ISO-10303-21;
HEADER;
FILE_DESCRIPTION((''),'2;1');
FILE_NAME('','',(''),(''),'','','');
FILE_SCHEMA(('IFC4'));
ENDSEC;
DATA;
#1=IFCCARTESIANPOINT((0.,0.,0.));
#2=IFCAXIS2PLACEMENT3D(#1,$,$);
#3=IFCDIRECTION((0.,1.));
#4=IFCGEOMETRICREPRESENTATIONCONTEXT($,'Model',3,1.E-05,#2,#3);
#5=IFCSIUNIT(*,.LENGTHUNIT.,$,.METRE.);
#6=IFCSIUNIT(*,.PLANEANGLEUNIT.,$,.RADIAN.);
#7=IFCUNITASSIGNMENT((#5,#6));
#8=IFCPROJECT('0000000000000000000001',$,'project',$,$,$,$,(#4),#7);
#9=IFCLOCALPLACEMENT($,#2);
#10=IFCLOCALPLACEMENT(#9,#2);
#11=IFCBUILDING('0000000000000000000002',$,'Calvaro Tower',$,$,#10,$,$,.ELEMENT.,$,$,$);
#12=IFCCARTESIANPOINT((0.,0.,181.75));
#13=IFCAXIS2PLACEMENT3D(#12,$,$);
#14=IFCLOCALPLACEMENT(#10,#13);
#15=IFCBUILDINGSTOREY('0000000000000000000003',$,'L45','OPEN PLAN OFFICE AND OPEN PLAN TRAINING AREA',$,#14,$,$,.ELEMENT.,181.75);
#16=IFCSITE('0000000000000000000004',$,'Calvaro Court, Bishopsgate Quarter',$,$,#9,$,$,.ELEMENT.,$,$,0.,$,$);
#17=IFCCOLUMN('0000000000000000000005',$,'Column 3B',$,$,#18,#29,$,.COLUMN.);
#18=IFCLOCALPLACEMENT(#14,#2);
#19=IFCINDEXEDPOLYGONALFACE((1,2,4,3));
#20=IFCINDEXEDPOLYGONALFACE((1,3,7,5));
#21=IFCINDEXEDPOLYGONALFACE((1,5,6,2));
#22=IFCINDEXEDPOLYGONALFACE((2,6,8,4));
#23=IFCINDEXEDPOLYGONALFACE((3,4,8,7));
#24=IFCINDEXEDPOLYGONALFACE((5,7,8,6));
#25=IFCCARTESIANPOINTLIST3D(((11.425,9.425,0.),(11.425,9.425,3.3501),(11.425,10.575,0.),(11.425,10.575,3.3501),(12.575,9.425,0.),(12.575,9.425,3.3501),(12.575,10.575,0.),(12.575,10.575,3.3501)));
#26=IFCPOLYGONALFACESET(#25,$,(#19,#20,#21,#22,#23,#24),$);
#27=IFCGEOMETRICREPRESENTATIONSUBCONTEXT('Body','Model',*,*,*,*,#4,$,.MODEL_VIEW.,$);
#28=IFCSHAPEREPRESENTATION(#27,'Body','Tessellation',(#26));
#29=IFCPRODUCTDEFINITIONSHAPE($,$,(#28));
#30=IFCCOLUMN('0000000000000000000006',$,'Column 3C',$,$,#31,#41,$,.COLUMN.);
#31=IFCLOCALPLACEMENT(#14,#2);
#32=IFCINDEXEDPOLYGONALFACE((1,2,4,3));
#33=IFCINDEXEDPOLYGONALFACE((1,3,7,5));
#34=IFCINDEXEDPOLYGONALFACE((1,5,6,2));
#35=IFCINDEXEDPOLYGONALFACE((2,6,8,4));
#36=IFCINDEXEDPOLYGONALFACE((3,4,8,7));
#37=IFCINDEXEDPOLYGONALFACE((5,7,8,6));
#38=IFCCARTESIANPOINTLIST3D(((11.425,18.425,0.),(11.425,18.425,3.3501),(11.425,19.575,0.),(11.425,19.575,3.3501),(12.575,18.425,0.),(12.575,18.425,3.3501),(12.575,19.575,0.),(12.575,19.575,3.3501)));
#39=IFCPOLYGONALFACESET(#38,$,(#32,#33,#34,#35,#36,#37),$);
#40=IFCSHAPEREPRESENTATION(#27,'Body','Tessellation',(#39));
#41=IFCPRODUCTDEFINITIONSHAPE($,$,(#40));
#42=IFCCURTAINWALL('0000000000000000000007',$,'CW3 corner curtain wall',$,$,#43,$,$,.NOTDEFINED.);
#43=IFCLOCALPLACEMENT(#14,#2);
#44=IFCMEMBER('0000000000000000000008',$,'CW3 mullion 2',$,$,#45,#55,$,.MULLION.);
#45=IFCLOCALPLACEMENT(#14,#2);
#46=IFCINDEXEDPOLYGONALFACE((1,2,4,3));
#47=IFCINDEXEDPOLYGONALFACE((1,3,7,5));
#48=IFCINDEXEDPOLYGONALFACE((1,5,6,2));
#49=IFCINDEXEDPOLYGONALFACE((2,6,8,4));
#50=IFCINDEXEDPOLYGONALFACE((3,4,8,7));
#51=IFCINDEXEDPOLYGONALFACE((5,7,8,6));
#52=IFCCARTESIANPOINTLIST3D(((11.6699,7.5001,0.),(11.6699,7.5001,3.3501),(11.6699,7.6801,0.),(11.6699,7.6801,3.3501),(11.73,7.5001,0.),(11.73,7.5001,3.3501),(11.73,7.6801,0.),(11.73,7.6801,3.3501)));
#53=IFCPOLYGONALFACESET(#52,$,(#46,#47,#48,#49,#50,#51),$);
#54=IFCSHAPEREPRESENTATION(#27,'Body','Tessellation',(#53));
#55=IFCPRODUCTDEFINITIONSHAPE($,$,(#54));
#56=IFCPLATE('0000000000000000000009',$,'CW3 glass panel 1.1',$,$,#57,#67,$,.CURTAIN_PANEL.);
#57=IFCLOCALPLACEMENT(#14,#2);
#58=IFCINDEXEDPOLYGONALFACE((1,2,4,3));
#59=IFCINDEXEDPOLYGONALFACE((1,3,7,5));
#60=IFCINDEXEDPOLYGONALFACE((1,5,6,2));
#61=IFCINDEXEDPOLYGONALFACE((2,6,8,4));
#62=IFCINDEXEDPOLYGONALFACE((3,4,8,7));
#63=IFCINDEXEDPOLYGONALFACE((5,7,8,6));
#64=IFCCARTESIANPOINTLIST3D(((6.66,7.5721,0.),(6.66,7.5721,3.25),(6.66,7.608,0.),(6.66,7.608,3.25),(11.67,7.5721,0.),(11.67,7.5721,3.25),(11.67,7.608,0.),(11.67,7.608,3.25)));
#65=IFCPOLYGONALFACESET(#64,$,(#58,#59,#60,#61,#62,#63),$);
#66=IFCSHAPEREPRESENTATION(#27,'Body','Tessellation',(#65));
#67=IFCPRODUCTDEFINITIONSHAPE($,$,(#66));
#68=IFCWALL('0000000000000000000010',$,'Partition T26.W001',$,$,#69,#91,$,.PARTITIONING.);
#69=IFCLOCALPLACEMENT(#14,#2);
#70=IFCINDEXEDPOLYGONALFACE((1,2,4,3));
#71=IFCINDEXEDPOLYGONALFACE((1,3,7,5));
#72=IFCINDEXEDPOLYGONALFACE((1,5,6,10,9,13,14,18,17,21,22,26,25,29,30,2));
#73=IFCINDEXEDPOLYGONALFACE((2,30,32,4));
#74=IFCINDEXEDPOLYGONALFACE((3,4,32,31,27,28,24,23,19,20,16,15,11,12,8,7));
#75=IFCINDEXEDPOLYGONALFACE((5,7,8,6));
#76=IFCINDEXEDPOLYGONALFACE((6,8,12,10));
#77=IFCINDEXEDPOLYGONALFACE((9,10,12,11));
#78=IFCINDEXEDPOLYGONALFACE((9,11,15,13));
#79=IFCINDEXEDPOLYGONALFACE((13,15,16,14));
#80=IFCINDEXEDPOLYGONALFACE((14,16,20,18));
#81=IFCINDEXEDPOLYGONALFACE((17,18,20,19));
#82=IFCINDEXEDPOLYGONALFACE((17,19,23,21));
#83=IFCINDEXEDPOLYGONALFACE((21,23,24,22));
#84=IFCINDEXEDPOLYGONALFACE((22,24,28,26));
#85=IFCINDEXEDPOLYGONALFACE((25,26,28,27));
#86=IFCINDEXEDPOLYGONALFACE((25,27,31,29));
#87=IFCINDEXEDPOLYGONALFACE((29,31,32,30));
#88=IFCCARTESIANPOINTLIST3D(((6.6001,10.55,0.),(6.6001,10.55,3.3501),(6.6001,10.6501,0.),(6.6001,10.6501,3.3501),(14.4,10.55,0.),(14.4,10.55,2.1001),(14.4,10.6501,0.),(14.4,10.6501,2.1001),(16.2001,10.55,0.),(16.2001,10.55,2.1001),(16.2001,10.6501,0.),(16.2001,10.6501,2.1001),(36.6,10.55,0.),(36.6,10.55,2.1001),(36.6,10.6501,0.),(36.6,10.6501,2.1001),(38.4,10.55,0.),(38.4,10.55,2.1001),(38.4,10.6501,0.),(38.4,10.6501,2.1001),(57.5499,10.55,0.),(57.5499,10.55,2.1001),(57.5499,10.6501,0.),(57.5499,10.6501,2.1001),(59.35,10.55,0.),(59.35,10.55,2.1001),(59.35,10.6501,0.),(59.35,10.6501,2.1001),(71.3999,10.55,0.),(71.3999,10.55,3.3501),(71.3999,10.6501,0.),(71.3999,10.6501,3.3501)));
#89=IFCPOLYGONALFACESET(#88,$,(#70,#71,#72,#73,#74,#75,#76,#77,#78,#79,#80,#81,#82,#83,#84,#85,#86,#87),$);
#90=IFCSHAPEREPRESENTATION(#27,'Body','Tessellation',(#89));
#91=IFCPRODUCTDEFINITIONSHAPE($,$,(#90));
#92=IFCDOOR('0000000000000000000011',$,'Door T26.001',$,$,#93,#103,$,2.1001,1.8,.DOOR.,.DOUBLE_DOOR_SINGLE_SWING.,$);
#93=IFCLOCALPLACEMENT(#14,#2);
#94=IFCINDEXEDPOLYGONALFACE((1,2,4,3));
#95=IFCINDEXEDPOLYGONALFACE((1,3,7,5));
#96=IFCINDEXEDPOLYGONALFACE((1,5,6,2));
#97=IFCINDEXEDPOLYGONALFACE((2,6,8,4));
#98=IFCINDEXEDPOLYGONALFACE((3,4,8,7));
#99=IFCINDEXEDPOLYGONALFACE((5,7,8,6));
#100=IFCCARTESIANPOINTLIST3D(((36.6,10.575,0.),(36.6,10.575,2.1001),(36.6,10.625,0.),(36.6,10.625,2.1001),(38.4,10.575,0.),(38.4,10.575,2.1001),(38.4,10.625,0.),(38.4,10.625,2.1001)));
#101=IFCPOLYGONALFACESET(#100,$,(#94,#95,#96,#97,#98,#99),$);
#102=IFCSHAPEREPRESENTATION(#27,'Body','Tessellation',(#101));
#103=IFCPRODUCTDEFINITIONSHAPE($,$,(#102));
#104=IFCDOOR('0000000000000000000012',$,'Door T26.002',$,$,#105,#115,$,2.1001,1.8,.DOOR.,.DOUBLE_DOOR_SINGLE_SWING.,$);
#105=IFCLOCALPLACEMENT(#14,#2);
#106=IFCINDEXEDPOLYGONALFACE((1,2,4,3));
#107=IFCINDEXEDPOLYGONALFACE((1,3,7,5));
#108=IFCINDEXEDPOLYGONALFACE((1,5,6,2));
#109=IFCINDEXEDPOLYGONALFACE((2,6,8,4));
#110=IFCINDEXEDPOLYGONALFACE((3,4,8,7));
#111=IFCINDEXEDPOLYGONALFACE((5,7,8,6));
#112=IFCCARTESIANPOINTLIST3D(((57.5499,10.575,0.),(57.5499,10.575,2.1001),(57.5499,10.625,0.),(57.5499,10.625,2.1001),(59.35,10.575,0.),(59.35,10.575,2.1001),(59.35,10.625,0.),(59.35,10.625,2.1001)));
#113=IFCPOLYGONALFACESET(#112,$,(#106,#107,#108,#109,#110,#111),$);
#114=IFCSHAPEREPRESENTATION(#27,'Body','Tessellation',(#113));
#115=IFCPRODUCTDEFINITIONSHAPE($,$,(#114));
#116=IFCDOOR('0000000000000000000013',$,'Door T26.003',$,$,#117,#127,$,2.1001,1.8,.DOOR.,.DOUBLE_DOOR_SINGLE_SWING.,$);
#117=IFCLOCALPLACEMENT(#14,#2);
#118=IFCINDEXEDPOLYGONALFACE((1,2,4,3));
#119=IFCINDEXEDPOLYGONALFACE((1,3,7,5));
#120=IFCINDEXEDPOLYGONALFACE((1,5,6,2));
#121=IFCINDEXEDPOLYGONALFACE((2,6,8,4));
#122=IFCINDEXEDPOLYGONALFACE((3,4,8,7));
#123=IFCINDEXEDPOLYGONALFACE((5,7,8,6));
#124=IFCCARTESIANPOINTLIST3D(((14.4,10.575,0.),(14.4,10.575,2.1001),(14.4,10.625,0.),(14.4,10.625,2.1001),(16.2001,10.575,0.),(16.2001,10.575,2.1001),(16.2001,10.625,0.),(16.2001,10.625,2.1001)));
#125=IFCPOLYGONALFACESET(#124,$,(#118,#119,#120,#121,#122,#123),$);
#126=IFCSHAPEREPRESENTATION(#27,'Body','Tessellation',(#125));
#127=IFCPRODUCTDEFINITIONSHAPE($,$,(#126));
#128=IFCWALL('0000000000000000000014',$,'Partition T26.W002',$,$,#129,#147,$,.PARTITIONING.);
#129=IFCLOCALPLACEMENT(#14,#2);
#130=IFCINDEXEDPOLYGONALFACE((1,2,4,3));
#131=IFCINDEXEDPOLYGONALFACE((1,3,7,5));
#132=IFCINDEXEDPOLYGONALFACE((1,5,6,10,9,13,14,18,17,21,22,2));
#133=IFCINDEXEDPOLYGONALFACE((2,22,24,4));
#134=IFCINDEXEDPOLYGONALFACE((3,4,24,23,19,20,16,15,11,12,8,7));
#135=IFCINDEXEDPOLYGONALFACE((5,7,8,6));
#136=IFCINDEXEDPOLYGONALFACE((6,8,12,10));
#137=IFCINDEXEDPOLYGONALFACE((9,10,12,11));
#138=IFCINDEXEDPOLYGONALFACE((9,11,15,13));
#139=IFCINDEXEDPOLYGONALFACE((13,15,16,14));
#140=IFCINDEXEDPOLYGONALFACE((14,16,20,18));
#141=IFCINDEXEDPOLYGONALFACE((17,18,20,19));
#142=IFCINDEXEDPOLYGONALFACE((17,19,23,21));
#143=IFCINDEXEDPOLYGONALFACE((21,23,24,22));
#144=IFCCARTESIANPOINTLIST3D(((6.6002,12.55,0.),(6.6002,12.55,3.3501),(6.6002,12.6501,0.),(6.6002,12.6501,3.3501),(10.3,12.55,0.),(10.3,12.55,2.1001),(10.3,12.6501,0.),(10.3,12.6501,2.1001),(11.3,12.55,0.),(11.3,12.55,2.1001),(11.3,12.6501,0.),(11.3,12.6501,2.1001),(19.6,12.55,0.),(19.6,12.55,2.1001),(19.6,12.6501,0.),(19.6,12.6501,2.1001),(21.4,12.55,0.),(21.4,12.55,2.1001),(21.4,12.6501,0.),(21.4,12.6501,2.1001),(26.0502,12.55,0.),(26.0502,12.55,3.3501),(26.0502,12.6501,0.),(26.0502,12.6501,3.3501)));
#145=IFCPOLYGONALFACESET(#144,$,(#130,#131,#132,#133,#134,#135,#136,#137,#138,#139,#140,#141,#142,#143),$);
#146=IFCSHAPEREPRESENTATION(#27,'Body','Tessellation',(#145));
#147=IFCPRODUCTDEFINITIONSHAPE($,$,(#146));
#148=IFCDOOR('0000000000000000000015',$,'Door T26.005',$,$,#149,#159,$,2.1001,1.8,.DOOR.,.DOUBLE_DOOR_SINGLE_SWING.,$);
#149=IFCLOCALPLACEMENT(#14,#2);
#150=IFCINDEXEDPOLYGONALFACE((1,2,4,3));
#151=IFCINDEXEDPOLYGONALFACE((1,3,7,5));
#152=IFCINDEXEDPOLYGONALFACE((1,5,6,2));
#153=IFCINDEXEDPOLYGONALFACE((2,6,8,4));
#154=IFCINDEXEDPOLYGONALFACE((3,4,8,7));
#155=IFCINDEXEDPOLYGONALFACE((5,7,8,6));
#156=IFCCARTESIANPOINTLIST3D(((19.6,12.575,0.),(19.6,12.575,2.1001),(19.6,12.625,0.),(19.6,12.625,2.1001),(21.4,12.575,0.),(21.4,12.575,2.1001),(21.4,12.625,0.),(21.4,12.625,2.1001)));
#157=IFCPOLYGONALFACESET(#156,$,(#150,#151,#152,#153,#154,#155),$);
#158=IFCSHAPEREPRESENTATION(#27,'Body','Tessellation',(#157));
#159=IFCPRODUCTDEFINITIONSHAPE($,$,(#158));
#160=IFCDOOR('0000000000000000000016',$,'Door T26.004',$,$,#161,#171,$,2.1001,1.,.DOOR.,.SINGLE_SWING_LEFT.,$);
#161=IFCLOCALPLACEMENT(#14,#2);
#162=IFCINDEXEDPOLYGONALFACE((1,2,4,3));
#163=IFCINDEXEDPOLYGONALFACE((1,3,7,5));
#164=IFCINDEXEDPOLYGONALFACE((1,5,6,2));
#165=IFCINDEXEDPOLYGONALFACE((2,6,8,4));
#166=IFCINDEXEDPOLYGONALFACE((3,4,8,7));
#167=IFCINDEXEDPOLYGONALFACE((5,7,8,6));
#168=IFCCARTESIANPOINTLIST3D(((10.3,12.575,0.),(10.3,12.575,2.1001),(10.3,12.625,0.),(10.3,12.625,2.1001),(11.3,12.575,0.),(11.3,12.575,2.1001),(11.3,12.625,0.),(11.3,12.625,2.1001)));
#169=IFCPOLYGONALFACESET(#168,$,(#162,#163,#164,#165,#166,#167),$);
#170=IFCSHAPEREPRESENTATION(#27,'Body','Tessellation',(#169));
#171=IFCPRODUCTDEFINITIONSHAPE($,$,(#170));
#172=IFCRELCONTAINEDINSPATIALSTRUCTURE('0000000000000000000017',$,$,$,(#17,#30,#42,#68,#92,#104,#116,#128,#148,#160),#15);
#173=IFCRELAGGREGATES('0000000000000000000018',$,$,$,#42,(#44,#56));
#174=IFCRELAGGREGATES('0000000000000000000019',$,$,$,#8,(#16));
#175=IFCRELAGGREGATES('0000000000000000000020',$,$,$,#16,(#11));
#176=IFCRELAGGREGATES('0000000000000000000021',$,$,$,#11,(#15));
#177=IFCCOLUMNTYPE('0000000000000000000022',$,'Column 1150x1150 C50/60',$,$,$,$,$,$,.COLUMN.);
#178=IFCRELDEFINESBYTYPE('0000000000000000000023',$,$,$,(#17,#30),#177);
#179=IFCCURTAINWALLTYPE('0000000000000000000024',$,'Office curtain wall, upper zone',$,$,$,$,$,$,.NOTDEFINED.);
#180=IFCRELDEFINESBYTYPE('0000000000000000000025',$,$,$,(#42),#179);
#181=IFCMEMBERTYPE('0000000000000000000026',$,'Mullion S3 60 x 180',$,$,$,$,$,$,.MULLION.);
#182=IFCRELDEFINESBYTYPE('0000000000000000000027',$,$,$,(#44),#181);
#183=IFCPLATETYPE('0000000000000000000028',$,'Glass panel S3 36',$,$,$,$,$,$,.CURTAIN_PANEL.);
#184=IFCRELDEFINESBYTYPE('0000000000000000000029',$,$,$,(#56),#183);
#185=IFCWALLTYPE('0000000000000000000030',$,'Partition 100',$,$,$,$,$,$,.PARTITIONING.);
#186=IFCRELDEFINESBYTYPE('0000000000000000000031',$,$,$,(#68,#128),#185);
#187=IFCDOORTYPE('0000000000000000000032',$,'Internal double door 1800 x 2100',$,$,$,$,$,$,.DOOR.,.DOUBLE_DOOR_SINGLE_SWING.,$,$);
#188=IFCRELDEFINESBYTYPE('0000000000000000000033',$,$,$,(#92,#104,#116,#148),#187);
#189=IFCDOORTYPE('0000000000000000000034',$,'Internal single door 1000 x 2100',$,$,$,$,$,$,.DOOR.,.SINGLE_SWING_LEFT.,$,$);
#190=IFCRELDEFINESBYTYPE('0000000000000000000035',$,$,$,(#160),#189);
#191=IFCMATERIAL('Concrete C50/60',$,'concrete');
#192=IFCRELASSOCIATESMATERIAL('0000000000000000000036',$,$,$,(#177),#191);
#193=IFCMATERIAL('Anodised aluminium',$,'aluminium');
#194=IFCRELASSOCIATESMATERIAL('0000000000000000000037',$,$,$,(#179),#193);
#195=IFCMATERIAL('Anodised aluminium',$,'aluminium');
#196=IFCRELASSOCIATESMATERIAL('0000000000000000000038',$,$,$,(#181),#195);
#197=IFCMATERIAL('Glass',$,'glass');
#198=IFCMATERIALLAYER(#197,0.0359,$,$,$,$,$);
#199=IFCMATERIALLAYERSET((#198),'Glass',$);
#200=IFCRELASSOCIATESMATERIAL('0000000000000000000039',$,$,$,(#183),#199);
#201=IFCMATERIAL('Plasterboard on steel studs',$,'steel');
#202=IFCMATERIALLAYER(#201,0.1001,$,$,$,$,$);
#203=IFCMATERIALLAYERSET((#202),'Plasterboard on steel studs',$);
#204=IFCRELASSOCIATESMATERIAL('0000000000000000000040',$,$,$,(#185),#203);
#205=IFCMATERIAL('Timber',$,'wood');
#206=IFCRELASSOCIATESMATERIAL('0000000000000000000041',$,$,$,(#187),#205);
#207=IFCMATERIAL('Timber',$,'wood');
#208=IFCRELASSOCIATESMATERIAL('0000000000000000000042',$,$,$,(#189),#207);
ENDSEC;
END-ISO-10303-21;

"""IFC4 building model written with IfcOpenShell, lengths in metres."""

from ifc_helpers import new_model, si_unit, direction, frame, frame_2d, origin, origin_2d, place, context, subcontext, project, spatial, rectangle, extrude, material, layer, layer_set, material_profile, profile_set, type_object, element, fill, aggregate, save


model = new_model("IFC4")

# Units and contexts
model_context = context("Model", 3, precision=1e-05, world=origin(), true_north=direction((0.0, 1.0)))
body_context = subcontext(model_context, "Body", "Model", "MODEL_VIEW")
ifc_project = project(units=[si_unit("LENGTHUNIT", "METRE"), si_unit("PLANEANGLEUNIT", "RADIAN")], contexts=[model_context])

# Site, building, storey
site_placement = place(None, origin())
site = spatial("IfcSite", under=ifc_project, at=site_placement, Name="Calvaro Court, Bishopsgate Quarter", CompositionType="ELEMENT", RefElevation=0.0)
building_placement = place(site_placement, origin())
building = spatial("IfcBuilding", under=site, at=building_placement, Name="Calvaro Tower", CompositionType="ELEMENT")
storey_placement = place(building_placement, frame((0.0, 0.0, 181.75)))
storey = spatial("IfcBuildingStorey", under=building, at=storey_placement, Name="L45", Description="OPEN PLAN OFFICE AND OPEN PLAN TRAINING AREA", CompositionType="ELEMENT", Elevation=181.75)

# Columns
ifc_material_1 = material(Name="Concrete C50/60", Category="concrete")
ifc_material_profile_1 = material_profile(ifc_material_1, rectangle(XDim=1.1499, YDim=1.1499, at=origin_2d()), Name="RC 1150x1150")
ifc_profile_set_1 = profile_set([ifc_material_profile_1], Name="Concrete C50/60")
column_type = type_object("IfcColumnType", Name="Column 1150x1150 C50/60", PredefinedType="COLUMN", material=ifc_profile_set_1)
for number, where, z_axis, x_axis, name in (
    (1, (12.0, 10.0, 0.0), (0.0, 0.0, 1.0), (1.0, 0.0, 0.0), "Column 3B"),
    (2, (12.0, 19.0, 0.0), (0.0, 0.0, 1.0), (1.0, 0.0, 0.0), "Column 3C"),
):
    element("IfcColumn", number, at=place(storey_placement, frame(where, z_axis=z_axis, x_axis=x_axis)), inside=storey, type_object=column_type, Name=name, PredefinedType="COLUMN", context=body_context, shape_type="SweptSolid", body=[
        extrude(rectangle(XDim=1.1499, YDim=1.1499, at=origin_2d()), origin(), (0.0, 0.0, 1.0), 3.3501),
    ])

# Curtain wall, member, plate
ifc_material_2 = material(Name="Anodised aluminium", Category="aluminium")
curtain_wall_type = type_object("IfcCurtainWallType", Name="Office curtain wall, upper zone", PredefinedType="NOTDEFINED", material=ifc_material_2)
curtain_wall_placement = place(storey_placement, origin())
curtain_wall = element("IfcCurtainWall", 3, at=curtain_wall_placement, inside=storey, type_object=curtain_wall_type, Name="CW3 corner curtain wall", PredefinedType="NOTDEFINED")
ifc_material_3 = material(Name="Anodised aluminium", Category="aluminium")
ifc_material_profile_2 = material_profile(ifc_material_3, rectangle(XDim=0.1799, YDim=0.0601, at=origin_2d()), Name="Mullion S3 60 x 180")
ifc_profile_set_2 = profile_set([ifc_material_profile_2], Name="Anodised aluminium")
member_type = type_object("IfcMemberType", Name="Mullion S3 60 x 180", PredefinedType="MULLION", material=ifc_profile_set_2)
member_placement = place(storey_placement, frame((11.7, 7.5901, 0.0), z_axis=(0.0, 0.0, 1.0), x_axis=(0.0, 1.0, 0.0)))
member = element("IfcMember", 4, at=member_placement, type_object=member_type, Name="CW3 mullion 2", PredefinedType="MULLION", context=body_context, shape_type="SweptSolid", body=[
    extrude(rectangle(XDim=0.1799, YDim=0.0601, at=origin_2d()), origin(), (0.0, 0.0, 1.0), 3.3501),
])
ifc_material_4 = material(Name="Glass", Category="glass")
ifc_layer_1 = layer(ifc_material_4, 0.0359)
ifc_layer_set_1 = layer_set([ifc_layer_1], Name="Glass")
plate_type = type_object("IfcPlateType", Name="Glass panel S3 36", PredefinedType="CURTAIN_PANEL", material=ifc_layer_set_1)
plate_placement = place(storey_placement, frame((9.165, 7.5901, 0.0), z_axis=(0.0, 0.0, 1.0), x_axis=(1.0, 0.0, 0.0)))
plate = element("IfcPlate", 5, at=plate_placement, type_object=plate_type, Name="CW3 glass panel 1.1", PredefinedType="CURTAIN_PANEL", context=body_context, shape_type="SweptSolid", body=[
    extrude(rectangle(XDim=5.01, YDim=0.0359, at=origin_2d()), origin(), (0.0, 0.0, 1.0), 3.25),
])
aggregate(curtain_wall, [member, plate])

# Walls, openings, doors
ifc_material_5 = material(Name="Plasterboard on steel studs", Category="steel")
ifc_layer_2 = layer(ifc_material_5, 0.1001)
ifc_layer_set_2 = layer_set([ifc_layer_2], Name="Plasterboard on steel studs")
wall_type = type_object("IfcWallType", Name="Partition 100", PredefinedType="PARTITIONING", material=ifc_layer_set_2)
wall_1_placement = place(storey_placement, frame((6.6001, 10.6001, 0.0), z_axis=(0.0, 0.0, 1.0), x_axis=(1.0, 0.0, 0.0)))
wall_1 = element("IfcWall", 6, at=wall_1_placement, inside=storey, type_object=wall_type, Name="Partition T26.W001", PredefinedType="PARTITIONING", context=body_context, shape_type="SweptSolid", body=[
    extrude(rectangle(XDim=64.7998, YDim=0.1001, at=frame_2d((32.3999, 0.0))), origin(), (0.0, 0.0, 1.0), 3.3501),
])
opening_1_placement = place(wall_1_placement, frame((30.0, 0.0, 0.0)))
opening_1 = element("IfcOpeningElement", 7, at=opening_1_placement, cuts=wall_1, PredefinedType="OPENING", context=body_context, shape_type="SweptSolid", body=[
    extrude(rectangle(XDim=1.8, YDim=2.1001, at=frame_2d((0.8999, 1.05))), frame((0.0, 0.0601, 0.0), z_axis=(0.0, -1.0, 0.0), x_axis=(1.0, 0.0, 0.0)), (0.0, 0.0, 1.0), 0.1201),
])
opening_2_placement = place(wall_1_placement, frame((50.95, 0.0, 0.0)))
opening_2 = element("IfcOpeningElement", 8, at=opening_2_placement, cuts=wall_1, PredefinedType="OPENING", context=body_context, shape_type="SweptSolid", body=[
    extrude(rectangle(XDim=1.8, YDim=2.1001, at=frame_2d((0.8999, 1.05))), frame((0.0, 0.0601, 0.0), z_axis=(0.0, -1.0, 0.0), x_axis=(1.0, 0.0, 0.0)), (0.0, 0.0, 1.0), 0.1201),
])
opening_3_placement = place(wall_1_placement, frame((7.8, 0.0, 0.0)))
opening_3 = element("IfcOpeningElement", 9, at=opening_3_placement, cuts=wall_1, PredefinedType="OPENING", context=body_context, shape_type="SweptSolid", body=[
    extrude(rectangle(XDim=1.8, YDim=2.1001, at=frame_2d((0.8999, 1.05))), frame((0.0, 0.0601, 0.0), z_axis=(0.0, -1.0, 0.0), x_axis=(1.0, 0.0, 0.0)), (0.0, 0.0, 1.0), 0.1201),
])
ifc_material_6 = material(Name="Timber", Category="wood")
door_type_1 = type_object("IfcDoorType", Name="Internal double door 1800 x 2100", OperationType="DOUBLE_DOOR_SINGLE_SWING", PredefinedType="DOOR", material=ifc_material_6)
door_1_placement = place(opening_1_placement, origin())
door_1 = element("IfcDoor", 10, at=door_1_placement, inside=storey, type_object=door_type_1, Name="Door T26.001", OperationType="DOUBLE_DOOR_SINGLE_SWING", OverallHeight=2.1001, OverallWidth=1.8, PredefinedType="DOOR", context=body_context, shape_type="SweptSolid", body=[
    extrude(rectangle(XDim=1.8, YDim=2.1001, at=frame_2d((0.8999, 1.05))), frame((0.0, 0.0249, 0.0), z_axis=(0.0, -1.0, 0.0), x_axis=(1.0, 0.0, 0.0)), (0.0, 0.0, 1.0), 0.05),
])
fill(opening_1, door_1)
door_2_placement = place(opening_2_placement, origin())
door_2 = element("IfcDoor", 11, at=door_2_placement, inside=storey, type_object=door_type_1, Name="Door T26.002", OperationType="DOUBLE_DOOR_SINGLE_SWING", OverallHeight=2.1001, OverallWidth=1.8, PredefinedType="DOOR", context=body_context, shape_type="SweptSolid", body=[
    extrude(rectangle(XDim=1.8, YDim=2.1001, at=frame_2d((0.8999, 1.05))), frame((0.0, 0.0249, 0.0), z_axis=(0.0, -1.0, 0.0), x_axis=(1.0, 0.0, 0.0)), (0.0, 0.0, 1.0), 0.05),
])
fill(opening_2, door_2)
door_3_placement = place(opening_3_placement, origin())
door_3 = element("IfcDoor", 12, at=door_3_placement, inside=storey, type_object=door_type_1, Name="Door T26.003", OperationType="DOUBLE_DOOR_SINGLE_SWING", OverallHeight=2.1001, OverallWidth=1.8, PredefinedType="DOOR", context=body_context, shape_type="SweptSolid", body=[
    extrude(rectangle(XDim=1.8, YDim=2.1001, at=frame_2d((0.8999, 1.05))), frame((0.0, 0.0249, 0.0), z_axis=(0.0, -1.0, 0.0), x_axis=(1.0, 0.0, 0.0)), (0.0, 0.0, 1.0), 0.05),
])
fill(opening_3, door_3)
wall_2_placement = place(storey_placement, frame((6.6001, 12.6001, 0.0), z_axis=(0.0, 0.0, 1.0), x_axis=(1.0, 0.0, 0.0)))
wall_2 = element("IfcWall", 13, at=wall_2_placement, inside=storey, type_object=wall_type, Name="Partition T26.W002", PredefinedType="PARTITIONING", context=body_context, shape_type="SweptSolid", body=[
    extrude(rectangle(XDim=19.45, YDim=0.1001, at=frame_2d((9.7251, 0.0))), origin(), (0.0, 0.0, 1.0), 3.3501),
])
opening_4_placement = place(wall_2_placement, frame((3.7, 0.0, 0.0)))
opening_4 = element("IfcOpeningElement", 14, at=opening_4_placement, cuts=wall_2, PredefinedType="OPENING", context=body_context, shape_type="SweptSolid", body=[
    extrude(rectangle(XDim=1.0, YDim=2.1001, at=frame_2d((0.5, 1.05))), frame((0.0, 0.0601, 0.0), z_axis=(0.0, -1.0, 0.0), x_axis=(1.0, 0.0, 0.0)), (0.0, 0.0, 1.0), 0.1201),
])
opening_5_placement = place(wall_2_placement, frame((13.0, 0.0, 0.0)))
opening_5 = element("IfcOpeningElement", 15, at=opening_5_placement, cuts=wall_2, PredefinedType="OPENING", context=body_context, shape_type="SweptSolid", body=[
    extrude(rectangle(XDim=1.8, YDim=2.1001, at=frame_2d((0.8999, 1.05))), frame((0.0, 0.0601, 0.0), z_axis=(0.0, -1.0, 0.0), x_axis=(1.0, 0.0, 0.0)), (0.0, 0.0, 1.0), 0.1201),
])
door_4_placement = place(opening_5_placement, origin())
door_4 = element("IfcDoor", 16, at=door_4_placement, inside=storey, type_object=door_type_1, Name="Door T26.005", OperationType="DOUBLE_DOOR_SINGLE_SWING", OverallHeight=2.1001, OverallWidth=1.8, PredefinedType="DOOR", context=body_context, shape_type="SweptSolid", body=[
    extrude(rectangle(XDim=1.8, YDim=2.1001, at=frame_2d((0.8999, 1.05))), frame((0.0, 0.0249, 0.0), z_axis=(0.0, -1.0, 0.0), x_axis=(1.0, 0.0, 0.0)), (0.0, 0.0, 1.0), 0.05),
])
fill(opening_5, door_4)
ifc_material_7 = material(Name="Timber", Category="wood")
door_type_2 = type_object("IfcDoorType", Name="Internal single door 1000 x 2100", OperationType="SINGLE_SWING_LEFT", PredefinedType="DOOR", material=ifc_material_7)
door_5_placement = place(opening_4_placement, origin())
door_5 = element("IfcDoor", 17, at=door_5_placement, inside=storey, type_object=door_type_2, Name="Door T26.004", OperationType="SINGLE_SWING_LEFT", OverallHeight=2.1001, OverallWidth=1.0, PredefinedType="DOOR", context=body_context, shape_type="SweptSolid", body=[
    extrude(rectangle(XDim=1.0, YDim=2.1001, at=frame_2d((0.5, 1.05))), frame((0.0, 0.0249, 0.0), z_axis=(0.0, -1.0, 0.0), x_axis=(1.0, 0.0, 0.0)), (0.0, 0.0, 1.0), 0.05),
])
fill(opening_4, door_5)

save(model, "model.ifc")
